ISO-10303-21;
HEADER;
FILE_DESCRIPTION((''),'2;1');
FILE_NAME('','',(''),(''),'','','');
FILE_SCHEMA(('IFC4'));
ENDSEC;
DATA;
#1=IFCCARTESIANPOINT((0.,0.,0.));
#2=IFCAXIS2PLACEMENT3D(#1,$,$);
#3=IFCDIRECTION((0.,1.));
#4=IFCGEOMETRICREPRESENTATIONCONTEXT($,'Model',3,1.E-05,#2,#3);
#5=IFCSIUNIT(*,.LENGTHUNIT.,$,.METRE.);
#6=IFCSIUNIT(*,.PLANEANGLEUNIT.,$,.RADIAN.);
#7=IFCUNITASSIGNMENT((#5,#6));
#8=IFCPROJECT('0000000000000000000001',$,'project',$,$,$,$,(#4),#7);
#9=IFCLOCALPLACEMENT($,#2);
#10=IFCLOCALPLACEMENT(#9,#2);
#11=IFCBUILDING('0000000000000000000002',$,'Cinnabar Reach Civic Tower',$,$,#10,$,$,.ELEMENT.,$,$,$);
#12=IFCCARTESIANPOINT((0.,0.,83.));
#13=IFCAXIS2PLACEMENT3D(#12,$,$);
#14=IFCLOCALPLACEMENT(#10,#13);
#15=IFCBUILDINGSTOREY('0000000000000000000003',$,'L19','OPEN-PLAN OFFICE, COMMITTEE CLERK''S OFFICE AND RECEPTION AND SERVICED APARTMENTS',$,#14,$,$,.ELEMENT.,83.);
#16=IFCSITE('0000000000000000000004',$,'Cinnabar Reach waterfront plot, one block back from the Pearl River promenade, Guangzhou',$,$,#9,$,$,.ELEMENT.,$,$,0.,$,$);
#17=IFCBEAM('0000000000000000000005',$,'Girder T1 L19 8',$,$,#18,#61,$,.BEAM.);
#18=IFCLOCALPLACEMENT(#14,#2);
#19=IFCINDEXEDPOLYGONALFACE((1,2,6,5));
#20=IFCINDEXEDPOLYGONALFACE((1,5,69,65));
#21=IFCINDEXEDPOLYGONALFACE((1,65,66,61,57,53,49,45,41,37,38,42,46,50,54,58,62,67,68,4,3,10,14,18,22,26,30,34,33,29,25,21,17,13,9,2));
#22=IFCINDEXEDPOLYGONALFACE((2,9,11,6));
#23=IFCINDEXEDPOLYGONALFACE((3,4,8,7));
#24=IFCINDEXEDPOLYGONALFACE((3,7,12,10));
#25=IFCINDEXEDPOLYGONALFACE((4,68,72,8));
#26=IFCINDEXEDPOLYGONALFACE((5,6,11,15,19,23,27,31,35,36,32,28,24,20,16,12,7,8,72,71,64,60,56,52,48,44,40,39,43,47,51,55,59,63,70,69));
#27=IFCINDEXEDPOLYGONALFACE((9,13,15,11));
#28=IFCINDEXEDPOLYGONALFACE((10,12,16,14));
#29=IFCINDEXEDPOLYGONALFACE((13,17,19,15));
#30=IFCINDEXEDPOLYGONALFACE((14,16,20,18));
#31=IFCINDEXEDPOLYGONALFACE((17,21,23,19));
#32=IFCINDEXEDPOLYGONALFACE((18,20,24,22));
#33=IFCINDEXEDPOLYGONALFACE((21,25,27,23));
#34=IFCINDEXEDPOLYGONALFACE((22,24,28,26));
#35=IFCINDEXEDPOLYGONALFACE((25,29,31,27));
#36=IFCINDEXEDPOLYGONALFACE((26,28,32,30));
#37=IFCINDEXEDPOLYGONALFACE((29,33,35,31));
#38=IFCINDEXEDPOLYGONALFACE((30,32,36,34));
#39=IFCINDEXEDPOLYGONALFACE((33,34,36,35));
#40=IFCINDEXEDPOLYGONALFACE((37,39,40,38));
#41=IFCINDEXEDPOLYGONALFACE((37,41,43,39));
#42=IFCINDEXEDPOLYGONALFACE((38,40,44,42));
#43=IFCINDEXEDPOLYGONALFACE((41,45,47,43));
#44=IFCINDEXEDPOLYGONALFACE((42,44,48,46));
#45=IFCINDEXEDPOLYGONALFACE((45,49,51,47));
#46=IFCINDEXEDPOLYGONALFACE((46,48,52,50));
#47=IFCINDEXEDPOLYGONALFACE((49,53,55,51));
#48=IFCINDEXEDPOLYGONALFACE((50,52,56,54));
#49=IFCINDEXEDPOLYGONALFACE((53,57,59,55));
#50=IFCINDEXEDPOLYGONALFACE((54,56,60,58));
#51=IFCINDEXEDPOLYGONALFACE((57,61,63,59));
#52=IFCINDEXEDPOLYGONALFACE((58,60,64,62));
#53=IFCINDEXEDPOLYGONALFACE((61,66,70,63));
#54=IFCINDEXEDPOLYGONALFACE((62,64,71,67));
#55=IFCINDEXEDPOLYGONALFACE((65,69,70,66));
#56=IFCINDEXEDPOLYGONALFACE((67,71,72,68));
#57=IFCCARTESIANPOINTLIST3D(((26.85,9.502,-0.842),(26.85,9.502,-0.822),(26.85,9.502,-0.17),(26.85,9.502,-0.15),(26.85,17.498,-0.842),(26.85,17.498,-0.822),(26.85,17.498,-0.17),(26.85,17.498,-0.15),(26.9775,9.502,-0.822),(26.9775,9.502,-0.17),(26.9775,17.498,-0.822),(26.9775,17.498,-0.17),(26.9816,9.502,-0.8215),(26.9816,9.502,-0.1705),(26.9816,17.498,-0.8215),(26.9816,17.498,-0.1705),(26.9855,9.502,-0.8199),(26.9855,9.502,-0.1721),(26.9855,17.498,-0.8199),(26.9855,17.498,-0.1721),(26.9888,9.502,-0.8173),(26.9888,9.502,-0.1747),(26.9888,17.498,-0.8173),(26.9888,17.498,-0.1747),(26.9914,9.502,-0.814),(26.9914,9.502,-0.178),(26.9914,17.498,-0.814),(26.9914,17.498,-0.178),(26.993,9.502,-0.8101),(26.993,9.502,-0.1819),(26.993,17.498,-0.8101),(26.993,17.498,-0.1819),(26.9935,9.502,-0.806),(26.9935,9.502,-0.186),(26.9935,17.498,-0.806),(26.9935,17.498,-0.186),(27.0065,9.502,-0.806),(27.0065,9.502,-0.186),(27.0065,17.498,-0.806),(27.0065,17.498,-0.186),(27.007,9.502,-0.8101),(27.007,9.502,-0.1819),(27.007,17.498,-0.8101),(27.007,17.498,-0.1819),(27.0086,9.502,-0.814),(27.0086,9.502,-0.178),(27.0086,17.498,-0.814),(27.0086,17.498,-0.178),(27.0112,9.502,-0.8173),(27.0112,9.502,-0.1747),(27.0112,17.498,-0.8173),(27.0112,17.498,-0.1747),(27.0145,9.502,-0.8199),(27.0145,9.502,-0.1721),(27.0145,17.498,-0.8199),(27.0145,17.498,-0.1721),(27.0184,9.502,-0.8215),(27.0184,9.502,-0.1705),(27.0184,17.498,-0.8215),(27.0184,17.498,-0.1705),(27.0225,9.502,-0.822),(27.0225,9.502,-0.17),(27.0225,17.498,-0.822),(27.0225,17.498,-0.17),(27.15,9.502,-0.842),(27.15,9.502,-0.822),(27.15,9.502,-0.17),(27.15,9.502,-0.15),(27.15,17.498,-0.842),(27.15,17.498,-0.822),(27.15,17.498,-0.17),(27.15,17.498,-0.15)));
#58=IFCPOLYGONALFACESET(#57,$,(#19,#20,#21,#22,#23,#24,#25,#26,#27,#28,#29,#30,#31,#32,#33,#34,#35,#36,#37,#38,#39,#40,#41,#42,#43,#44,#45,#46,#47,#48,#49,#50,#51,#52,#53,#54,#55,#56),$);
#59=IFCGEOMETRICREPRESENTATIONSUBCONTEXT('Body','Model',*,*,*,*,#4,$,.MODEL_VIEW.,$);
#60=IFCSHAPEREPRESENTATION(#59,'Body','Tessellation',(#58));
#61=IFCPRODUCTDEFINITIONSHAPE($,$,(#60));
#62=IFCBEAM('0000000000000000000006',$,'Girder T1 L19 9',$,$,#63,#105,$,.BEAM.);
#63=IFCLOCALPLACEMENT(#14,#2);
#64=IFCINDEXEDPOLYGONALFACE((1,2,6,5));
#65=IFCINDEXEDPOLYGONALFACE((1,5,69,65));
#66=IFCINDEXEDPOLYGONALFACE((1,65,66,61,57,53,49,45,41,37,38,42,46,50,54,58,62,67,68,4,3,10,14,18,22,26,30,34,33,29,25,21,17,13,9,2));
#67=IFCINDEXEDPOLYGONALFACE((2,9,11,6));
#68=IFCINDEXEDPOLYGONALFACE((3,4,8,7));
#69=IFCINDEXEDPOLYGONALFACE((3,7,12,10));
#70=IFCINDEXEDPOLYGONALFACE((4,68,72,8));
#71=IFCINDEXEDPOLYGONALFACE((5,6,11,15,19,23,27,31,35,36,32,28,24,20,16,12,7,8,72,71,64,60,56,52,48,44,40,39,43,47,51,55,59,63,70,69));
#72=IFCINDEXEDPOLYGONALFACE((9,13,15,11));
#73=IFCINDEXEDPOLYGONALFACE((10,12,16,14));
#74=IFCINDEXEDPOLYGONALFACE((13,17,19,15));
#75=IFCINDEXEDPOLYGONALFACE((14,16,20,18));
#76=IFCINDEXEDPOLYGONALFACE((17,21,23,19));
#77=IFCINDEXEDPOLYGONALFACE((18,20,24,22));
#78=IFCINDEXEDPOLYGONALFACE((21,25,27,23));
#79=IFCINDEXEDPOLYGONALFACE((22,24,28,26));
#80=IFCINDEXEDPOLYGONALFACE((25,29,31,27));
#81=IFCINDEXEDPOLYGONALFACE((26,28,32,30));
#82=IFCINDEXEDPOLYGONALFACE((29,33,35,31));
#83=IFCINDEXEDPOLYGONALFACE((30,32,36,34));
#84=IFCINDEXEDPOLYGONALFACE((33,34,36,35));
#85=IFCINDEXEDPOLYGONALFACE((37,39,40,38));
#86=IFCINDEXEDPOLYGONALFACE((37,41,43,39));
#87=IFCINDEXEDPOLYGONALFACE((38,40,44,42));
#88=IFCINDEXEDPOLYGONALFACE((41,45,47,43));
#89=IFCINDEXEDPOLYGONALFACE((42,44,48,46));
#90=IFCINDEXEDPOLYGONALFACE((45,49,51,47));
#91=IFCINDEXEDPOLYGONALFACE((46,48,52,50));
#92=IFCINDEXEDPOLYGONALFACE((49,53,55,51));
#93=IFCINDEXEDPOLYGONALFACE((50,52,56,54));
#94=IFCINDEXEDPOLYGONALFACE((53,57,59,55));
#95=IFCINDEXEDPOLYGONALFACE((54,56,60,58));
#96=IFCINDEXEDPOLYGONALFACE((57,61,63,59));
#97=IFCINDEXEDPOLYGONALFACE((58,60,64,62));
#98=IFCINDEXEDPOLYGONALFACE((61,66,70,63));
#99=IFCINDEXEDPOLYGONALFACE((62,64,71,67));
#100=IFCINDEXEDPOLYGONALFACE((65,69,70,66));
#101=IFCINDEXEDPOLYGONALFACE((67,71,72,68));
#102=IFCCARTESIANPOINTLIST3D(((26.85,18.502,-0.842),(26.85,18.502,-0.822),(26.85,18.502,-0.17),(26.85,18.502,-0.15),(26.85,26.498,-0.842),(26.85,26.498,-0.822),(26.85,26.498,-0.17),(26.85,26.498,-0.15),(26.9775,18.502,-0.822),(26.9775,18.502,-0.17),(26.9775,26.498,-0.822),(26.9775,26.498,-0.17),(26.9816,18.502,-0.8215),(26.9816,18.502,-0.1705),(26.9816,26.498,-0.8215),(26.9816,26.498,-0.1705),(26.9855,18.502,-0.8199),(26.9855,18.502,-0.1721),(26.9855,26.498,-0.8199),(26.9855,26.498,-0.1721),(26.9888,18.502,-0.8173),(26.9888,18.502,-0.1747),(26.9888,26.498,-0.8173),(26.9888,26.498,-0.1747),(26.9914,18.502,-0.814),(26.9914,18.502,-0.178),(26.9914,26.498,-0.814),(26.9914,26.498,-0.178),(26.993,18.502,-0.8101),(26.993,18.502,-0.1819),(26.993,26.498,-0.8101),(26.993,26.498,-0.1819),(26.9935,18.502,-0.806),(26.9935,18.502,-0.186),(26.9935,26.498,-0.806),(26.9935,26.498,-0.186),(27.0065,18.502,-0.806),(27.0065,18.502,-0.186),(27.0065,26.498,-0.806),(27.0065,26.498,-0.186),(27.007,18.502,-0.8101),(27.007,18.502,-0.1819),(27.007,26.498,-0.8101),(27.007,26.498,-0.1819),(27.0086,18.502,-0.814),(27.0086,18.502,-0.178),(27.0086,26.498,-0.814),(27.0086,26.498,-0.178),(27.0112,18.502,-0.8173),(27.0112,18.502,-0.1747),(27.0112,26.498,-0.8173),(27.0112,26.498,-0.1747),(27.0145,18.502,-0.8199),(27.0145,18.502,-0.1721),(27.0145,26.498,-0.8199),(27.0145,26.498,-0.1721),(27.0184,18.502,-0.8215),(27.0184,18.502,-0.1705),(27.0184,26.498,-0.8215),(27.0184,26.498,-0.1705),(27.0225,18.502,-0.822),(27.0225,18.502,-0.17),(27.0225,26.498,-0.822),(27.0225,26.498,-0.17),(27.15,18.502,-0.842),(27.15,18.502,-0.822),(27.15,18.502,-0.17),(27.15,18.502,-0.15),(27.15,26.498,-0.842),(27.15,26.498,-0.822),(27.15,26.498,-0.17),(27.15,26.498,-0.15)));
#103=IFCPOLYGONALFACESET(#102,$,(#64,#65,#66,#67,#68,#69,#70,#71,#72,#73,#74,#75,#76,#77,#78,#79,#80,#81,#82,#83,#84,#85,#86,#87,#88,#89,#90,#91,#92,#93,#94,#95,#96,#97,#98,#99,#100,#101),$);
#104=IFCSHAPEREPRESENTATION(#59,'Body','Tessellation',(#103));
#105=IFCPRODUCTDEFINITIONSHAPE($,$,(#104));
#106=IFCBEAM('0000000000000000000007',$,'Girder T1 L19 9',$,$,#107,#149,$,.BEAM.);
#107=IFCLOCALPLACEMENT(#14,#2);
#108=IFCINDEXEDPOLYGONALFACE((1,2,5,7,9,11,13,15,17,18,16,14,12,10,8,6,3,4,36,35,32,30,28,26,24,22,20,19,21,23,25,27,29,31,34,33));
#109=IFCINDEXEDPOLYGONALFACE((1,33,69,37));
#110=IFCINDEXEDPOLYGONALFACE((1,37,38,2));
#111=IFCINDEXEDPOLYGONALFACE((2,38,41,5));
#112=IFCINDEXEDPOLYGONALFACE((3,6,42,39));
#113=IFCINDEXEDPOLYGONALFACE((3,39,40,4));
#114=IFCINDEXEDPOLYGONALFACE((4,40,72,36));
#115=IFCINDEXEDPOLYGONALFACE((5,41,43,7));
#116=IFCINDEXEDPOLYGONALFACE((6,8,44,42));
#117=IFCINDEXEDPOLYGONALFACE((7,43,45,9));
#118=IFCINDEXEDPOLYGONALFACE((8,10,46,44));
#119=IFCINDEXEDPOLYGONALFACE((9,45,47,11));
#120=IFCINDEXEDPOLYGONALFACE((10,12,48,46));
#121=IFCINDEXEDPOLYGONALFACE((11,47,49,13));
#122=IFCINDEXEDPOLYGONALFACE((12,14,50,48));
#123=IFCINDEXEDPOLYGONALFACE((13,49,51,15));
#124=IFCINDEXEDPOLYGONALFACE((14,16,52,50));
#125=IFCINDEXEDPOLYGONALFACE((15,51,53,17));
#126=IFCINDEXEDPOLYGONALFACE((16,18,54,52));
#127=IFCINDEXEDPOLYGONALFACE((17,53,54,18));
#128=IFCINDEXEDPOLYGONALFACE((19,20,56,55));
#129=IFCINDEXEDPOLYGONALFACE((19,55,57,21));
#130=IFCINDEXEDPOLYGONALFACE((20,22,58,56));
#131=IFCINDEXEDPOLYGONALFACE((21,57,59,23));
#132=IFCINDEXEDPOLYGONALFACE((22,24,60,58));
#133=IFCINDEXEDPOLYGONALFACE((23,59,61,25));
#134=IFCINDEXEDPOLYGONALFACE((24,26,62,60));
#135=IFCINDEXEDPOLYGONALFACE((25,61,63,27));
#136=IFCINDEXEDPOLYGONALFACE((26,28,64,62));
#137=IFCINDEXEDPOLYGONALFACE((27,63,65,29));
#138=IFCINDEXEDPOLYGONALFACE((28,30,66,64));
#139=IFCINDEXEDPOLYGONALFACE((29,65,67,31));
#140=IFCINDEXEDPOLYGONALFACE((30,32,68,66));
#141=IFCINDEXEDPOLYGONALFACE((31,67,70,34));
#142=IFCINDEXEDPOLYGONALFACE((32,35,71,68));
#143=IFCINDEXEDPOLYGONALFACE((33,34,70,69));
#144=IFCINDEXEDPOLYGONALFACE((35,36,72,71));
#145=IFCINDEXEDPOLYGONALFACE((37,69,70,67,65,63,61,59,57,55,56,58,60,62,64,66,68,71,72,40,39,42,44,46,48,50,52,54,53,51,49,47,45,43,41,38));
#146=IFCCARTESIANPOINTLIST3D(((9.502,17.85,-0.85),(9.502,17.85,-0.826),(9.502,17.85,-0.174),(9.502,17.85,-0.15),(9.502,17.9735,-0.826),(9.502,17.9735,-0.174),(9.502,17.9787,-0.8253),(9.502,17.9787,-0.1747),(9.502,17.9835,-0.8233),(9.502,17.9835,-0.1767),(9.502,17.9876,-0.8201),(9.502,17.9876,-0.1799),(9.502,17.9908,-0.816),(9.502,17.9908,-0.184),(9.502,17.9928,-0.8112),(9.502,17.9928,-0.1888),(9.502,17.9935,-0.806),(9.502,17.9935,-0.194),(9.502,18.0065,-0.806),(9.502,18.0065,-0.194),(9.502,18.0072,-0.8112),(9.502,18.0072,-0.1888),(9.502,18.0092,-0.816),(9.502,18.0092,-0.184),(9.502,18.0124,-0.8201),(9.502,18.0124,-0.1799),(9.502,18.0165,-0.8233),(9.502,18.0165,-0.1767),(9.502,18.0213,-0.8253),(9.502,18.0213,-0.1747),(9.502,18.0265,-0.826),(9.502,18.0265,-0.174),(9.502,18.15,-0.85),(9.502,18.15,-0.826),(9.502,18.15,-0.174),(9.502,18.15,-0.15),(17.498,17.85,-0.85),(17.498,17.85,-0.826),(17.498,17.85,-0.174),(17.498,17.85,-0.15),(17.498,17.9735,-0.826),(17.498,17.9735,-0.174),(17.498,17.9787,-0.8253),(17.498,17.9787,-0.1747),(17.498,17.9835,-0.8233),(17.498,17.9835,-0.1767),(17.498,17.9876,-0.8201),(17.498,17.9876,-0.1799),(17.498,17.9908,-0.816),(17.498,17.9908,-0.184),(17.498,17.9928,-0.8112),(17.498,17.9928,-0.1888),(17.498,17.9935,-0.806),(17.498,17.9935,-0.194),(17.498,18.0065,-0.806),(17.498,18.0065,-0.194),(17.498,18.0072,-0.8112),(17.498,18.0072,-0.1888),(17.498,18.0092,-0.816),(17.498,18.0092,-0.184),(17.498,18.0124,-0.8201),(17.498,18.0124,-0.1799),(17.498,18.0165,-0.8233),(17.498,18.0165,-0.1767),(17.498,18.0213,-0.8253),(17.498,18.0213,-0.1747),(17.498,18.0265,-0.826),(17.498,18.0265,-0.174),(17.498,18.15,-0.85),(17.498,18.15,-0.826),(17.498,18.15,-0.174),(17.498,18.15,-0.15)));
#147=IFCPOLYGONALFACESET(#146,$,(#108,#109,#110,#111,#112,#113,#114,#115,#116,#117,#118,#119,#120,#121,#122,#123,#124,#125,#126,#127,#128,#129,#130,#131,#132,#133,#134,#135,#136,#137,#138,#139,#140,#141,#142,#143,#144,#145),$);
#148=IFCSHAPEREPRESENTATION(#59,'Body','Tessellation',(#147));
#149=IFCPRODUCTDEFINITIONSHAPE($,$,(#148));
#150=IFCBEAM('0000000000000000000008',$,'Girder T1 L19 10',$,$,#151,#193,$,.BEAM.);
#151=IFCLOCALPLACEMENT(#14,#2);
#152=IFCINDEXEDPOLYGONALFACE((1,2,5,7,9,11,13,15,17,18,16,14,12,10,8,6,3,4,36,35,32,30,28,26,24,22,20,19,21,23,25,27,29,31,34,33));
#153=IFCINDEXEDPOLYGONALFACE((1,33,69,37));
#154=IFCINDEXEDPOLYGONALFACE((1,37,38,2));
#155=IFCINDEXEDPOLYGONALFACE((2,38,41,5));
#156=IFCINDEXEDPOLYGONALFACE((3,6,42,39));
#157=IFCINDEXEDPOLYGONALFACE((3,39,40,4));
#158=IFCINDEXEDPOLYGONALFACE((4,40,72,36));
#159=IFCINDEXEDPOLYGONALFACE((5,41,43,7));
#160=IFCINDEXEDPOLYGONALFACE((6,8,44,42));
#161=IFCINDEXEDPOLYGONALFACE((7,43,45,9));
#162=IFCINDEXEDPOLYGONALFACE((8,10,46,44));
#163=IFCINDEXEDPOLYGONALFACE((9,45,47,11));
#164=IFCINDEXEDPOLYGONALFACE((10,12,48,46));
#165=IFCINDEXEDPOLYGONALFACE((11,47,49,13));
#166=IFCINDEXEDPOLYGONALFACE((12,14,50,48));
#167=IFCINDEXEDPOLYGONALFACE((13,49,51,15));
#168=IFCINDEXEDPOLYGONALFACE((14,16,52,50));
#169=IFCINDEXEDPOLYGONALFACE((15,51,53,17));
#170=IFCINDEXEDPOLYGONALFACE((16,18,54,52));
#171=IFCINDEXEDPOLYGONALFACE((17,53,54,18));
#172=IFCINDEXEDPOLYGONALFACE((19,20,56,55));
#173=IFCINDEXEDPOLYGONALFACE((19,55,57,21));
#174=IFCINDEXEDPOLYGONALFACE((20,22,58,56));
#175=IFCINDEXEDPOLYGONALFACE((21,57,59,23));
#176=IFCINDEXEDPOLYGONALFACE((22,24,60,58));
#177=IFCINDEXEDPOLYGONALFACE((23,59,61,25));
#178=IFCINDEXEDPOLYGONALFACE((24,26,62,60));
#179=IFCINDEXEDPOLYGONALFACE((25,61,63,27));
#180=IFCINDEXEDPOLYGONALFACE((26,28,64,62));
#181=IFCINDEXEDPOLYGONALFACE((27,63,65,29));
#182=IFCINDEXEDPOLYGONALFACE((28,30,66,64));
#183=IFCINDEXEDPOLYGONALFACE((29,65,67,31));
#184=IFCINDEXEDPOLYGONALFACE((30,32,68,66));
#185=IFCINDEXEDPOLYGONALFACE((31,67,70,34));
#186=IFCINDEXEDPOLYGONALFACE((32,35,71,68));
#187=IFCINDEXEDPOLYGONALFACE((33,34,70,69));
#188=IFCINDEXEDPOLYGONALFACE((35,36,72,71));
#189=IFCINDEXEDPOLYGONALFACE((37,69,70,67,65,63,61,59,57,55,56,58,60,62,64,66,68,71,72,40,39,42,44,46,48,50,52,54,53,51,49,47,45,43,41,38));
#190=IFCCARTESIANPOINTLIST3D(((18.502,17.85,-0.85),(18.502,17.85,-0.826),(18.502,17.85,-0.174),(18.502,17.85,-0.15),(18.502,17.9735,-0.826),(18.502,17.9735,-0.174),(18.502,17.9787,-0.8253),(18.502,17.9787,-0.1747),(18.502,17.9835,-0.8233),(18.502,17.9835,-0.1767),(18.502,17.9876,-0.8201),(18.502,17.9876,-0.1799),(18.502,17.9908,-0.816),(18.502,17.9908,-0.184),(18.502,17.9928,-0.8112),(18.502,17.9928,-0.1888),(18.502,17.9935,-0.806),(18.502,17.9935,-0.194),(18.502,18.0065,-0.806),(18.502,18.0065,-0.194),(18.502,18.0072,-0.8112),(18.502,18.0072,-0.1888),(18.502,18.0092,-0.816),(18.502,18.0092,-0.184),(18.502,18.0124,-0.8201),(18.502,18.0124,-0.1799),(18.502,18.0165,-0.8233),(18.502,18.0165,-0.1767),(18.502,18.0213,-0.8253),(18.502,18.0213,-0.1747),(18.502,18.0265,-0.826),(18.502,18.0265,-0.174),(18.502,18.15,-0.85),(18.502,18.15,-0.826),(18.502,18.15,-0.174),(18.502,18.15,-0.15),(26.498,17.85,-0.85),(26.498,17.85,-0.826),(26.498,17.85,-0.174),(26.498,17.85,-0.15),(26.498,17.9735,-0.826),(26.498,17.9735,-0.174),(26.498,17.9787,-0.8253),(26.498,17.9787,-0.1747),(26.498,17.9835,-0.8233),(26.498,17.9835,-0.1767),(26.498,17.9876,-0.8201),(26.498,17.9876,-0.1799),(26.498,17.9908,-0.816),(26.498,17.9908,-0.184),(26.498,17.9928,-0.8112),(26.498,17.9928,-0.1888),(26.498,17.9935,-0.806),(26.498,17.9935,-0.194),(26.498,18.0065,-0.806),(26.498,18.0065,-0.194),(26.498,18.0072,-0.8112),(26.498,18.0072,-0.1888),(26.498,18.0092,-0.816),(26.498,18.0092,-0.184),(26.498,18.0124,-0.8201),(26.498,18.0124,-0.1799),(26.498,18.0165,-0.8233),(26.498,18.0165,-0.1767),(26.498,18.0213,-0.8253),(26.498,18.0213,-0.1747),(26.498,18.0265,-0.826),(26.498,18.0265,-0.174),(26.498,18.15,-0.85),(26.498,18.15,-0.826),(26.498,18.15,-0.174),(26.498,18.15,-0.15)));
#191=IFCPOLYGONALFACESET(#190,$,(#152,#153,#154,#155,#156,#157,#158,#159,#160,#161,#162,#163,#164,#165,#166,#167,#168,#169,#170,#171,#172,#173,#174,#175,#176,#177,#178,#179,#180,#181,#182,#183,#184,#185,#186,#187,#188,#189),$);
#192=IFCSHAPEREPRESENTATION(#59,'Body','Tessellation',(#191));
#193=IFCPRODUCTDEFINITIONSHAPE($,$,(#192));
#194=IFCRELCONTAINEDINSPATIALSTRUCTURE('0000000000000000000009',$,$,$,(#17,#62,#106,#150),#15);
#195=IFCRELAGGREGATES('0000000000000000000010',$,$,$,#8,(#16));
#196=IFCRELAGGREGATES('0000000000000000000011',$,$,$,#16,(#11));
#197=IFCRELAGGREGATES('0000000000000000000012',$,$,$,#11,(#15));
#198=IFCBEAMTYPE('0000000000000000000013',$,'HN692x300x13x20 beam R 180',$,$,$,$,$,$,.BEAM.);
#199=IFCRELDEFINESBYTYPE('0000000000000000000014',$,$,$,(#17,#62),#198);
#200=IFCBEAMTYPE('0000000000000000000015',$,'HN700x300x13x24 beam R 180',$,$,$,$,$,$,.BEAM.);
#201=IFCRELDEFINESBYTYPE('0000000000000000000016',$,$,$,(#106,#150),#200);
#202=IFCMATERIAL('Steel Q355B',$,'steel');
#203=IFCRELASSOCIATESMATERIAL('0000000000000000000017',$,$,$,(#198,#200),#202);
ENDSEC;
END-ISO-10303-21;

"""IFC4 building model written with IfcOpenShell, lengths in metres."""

from ifc_helpers import new_model, si_unit, direction, frame, origin, origin_2d, place, context, subcontext, project, spatial, i_section, extrude, material, material_profile, profile_set, type_object, element, save


model = new_model("IFC4")

# Units and contexts
model_context = context("Model", 3, precision=1e-05, world=origin(), true_north=direction((0.0, 1.0)))
body_context = subcontext(model_context, "Body", "Model", "MODEL_VIEW")
ifc_project = project(units=[si_unit("LENGTHUNIT", "METRE"), si_unit("PLANEANGLEUNIT", "RADIAN")], contexts=[model_context])

# Site, building, storey
site_placement = place(None, origin())
site = spatial("IfcSite", under=ifc_project, at=site_placement, Name="Cinnabar Reach waterfront plot, one block back from the Pearl River promenade, Guangzhou", CompositionType="ELEMENT", RefElevation=0.0)
building_placement = place(site_placement, origin())
building = spatial("IfcBuilding", under=site, at=building_placement, Name="Cinnabar Reach Civic Tower", CompositionType="ELEMENT")
storey_placement = place(building_placement, frame((0.0, 0.0, 83.0)))
storey = spatial("IfcBuildingStorey", under=building, at=storey_placement, Name="L19", Description="OPEN-PLAN OFFICE, COMMITTEE CLERK'S OFFICE AND RECEPTION AND SERVICED APARTMENTS", CompositionType="ELEMENT", Elevation=83.0)

# Beams
ifc_material_1 = material(Name="Steel Q355B", Category="steel")
ifc_material_profile_1 = material_profile(ifc_material_1, i_section(OverallWidth=0.3, OverallDepth=0.692, WebThickness=0.013, FlangeThickness=0.02, FilletRadius=0.016, at=origin_2d()), Name="HN692x300x13x20")
ifc_profile_set_1 = profile_set([ifc_material_profile_1], Name="Steel Q355B")
beam_type_1 = type_object("IfcBeamType", Name="HN692x300x13x20 beam R 180", PredefinedType="BEAM", material=ifc_profile_set_1)
for number, where, z_axis, x_axis, name in (
    (1, (27.0, 9.502, -0.496), (0.0, 1.0, 0.0), (-1.0, 0.0, 0.0), "Girder T1 L19 8"),
    (2, (27.0, 18.502, -0.496), (0.0, 1.0, 0.0), (-1.0, 0.0, 0.0), "Girder T1 L19 9"),
):
    element("IfcBeam", number, at=place(storey_placement, frame(where, z_axis=z_axis, x_axis=x_axis)), inside=storey, type_object=beam_type_1, Name=name, PredefinedType="BEAM", context=body_context, shape_type="SweptSolid", body=[
        extrude(i_section(OverallWidth=0.3, OverallDepth=0.692, WebThickness=0.013, FlangeThickness=0.02, FilletRadius=0.016, at=origin_2d()), origin(), (0.0, 0.0, 1.0), 7.996),
    ])
ifc_material_profile_2 = material_profile(ifc_material_1, i_section(OverallWidth=0.3, OverallDepth=0.7, WebThickness=0.013, FlangeThickness=0.024, FilletRadius=0.02, at=origin_2d()), Name="HN700x300x13x24")
ifc_profile_set_2 = profile_set([ifc_material_profile_2], Name="Steel Q355B")
beam_type_2 = type_object("IfcBeamType", Name="HN700x300x13x24 beam R 180", PredefinedType="BEAM", material=ifc_profile_set_2)
for number, where, z_axis, x_axis, name in (
    (3, (9.502, 18.0, -0.5), (1.0, 0.0, 0.0), (0.0, 1.0, 0.0), "Girder T1 L19 9"),
    (4, (18.502, 18.0, -0.5), (1.0, 0.0, 0.0), (0.0, 1.0, 0.0), "Girder T1 L19 10"),
):
    element("IfcBeam", number, at=place(storey_placement, frame(where, z_axis=z_axis, x_axis=x_axis)), inside=storey, type_object=beam_type_2, Name=name, PredefinedType="BEAM", context=body_context, shape_type="SweptSolid", body=[
        extrude(i_section(OverallWidth=0.3, OverallDepth=0.7, WebThickness=0.013, FlangeThickness=0.024, FilletRadius=0.02, at=origin_2d()), origin(), (0.0, 0.0, 1.0), 7.996),
    ])

save(model, "model.ifc")
